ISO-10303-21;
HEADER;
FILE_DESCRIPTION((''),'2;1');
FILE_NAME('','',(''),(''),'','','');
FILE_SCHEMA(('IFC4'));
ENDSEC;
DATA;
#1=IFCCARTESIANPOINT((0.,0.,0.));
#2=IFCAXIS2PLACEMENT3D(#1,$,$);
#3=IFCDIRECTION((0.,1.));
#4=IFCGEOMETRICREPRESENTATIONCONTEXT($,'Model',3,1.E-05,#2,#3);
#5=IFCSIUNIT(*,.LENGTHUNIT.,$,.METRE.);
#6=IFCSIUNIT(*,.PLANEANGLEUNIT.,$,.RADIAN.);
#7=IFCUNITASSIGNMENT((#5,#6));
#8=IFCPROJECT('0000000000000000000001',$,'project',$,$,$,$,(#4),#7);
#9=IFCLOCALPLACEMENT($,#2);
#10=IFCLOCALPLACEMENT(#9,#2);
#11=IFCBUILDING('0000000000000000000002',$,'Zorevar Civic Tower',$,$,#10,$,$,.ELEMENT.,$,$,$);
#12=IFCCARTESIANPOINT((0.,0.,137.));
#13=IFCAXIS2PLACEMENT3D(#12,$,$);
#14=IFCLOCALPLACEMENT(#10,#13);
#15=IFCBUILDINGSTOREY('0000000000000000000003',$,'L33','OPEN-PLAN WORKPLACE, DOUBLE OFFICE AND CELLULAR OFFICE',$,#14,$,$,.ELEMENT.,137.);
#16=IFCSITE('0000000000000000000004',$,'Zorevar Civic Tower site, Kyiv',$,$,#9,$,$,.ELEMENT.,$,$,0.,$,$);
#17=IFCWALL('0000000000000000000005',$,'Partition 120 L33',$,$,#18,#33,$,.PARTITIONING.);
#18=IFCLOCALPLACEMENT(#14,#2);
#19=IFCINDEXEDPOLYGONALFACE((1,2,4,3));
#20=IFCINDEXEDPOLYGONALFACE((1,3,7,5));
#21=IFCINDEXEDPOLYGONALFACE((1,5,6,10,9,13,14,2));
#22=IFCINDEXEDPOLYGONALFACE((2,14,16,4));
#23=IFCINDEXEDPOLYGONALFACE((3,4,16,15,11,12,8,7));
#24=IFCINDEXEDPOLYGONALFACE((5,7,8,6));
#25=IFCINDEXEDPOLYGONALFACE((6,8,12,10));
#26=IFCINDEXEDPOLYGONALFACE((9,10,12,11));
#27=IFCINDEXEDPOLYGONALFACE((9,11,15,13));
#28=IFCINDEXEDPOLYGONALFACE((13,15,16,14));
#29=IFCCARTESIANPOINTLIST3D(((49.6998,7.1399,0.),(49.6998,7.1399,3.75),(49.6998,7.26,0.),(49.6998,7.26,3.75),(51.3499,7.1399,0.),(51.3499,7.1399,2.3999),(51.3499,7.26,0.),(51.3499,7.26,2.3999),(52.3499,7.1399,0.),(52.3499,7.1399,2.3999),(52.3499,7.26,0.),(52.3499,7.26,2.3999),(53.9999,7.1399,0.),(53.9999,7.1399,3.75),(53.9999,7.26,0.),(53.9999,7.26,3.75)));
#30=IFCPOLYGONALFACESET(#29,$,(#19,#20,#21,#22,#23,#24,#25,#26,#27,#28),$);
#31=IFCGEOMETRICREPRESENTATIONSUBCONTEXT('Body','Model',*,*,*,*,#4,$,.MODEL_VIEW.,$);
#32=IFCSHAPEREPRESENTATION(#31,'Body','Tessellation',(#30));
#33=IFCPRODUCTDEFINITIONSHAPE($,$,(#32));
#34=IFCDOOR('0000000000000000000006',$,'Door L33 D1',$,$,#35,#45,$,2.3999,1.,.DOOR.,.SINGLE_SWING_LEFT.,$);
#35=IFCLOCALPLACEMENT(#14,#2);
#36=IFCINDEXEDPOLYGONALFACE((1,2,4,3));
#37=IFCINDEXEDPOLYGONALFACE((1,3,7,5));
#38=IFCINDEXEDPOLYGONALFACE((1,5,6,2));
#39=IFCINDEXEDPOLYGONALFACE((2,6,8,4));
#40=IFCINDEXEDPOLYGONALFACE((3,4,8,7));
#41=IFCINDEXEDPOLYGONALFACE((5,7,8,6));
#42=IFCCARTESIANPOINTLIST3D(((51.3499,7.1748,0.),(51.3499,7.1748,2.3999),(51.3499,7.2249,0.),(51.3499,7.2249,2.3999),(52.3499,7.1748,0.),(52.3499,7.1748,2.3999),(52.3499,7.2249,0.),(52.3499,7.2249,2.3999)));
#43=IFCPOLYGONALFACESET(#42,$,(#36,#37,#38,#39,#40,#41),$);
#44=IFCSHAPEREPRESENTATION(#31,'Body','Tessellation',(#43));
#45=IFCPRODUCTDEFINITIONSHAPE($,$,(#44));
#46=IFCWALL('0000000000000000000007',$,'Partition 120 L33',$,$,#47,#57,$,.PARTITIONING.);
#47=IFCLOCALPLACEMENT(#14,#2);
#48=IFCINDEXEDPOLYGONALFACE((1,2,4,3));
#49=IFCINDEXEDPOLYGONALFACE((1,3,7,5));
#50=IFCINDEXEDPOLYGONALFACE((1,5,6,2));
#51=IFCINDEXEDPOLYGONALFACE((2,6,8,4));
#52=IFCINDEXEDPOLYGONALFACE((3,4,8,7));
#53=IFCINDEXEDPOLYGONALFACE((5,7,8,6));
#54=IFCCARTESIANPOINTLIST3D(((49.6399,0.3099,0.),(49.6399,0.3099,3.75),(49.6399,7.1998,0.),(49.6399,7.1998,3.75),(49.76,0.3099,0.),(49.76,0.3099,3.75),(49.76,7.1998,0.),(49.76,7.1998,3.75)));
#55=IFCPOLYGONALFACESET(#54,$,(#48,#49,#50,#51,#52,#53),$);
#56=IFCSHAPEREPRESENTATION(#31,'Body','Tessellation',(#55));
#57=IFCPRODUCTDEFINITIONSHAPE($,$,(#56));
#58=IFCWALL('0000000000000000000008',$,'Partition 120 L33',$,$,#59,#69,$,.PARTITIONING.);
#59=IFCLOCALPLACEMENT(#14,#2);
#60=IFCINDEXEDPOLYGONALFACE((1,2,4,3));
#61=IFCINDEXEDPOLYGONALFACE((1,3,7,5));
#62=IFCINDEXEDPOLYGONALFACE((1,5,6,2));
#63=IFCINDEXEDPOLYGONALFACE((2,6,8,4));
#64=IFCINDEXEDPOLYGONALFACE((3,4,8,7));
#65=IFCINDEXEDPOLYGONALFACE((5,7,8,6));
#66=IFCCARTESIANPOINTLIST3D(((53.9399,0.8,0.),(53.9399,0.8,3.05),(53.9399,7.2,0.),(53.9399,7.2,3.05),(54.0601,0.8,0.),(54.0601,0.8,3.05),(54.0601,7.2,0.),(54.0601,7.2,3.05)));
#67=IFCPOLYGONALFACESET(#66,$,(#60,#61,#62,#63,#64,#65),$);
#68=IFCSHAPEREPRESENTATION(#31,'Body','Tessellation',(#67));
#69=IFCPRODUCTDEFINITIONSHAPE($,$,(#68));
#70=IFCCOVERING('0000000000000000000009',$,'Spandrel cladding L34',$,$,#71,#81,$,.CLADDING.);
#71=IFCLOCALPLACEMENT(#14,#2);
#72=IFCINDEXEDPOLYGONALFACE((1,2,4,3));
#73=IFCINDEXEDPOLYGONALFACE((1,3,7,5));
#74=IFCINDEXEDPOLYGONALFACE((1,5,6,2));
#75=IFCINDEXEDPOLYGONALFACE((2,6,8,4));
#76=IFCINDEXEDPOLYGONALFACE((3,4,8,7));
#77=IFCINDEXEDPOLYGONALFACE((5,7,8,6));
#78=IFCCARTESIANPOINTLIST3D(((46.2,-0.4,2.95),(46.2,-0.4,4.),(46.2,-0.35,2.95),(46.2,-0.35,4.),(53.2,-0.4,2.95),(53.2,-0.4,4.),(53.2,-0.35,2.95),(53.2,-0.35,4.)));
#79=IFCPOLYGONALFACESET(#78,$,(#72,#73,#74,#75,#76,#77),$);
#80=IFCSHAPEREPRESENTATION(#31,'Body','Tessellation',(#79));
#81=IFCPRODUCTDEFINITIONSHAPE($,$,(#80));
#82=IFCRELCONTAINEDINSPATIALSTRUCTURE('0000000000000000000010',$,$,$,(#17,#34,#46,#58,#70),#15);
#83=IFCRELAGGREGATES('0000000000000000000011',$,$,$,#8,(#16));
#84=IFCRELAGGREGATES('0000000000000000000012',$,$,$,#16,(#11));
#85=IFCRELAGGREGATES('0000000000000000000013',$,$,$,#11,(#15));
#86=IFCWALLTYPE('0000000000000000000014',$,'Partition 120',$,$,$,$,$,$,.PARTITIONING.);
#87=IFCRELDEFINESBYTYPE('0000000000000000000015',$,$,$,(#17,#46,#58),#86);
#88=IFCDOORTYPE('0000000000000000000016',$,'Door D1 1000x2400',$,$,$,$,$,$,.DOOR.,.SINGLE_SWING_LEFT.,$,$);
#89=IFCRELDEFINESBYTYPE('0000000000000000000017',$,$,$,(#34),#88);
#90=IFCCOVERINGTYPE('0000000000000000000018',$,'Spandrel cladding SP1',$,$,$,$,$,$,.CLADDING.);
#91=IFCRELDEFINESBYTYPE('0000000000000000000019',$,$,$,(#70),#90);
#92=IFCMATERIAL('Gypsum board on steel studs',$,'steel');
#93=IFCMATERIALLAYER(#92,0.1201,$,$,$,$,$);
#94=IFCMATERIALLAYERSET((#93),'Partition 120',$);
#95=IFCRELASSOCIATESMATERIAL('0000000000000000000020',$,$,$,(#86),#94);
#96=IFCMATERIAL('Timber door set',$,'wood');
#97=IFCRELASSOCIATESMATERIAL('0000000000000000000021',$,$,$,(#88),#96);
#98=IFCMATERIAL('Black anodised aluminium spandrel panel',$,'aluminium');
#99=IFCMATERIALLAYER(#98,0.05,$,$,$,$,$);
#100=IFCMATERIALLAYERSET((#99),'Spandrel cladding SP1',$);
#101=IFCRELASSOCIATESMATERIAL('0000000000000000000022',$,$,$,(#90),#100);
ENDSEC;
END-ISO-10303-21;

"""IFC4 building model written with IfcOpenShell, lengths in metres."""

from ifc_helpers import new_model, si_unit, direction, frame, frame_2d, origin, place, context, subcontext, project, spatial, rectangle, extrude, material, layer, layer_set, type_object, element, fill, save


model = new_model("IFC4")

# Units and contexts
model_context = context("Model", 3, precision=1e-05, world=origin(), true_north=direction((0.0, 1.0)))
body_context = subcontext(model_context, "Body", "Model", "MODEL_VIEW")
ifc_project = project(units=[si_unit("LENGTHUNIT", "METRE"), si_unit("PLANEANGLEUNIT", "RADIAN")], contexts=[model_context])

# Site, building, storey
site_placement = place(None, origin())
site = spatial("IfcSite", under=ifc_project, at=site_placement, Name="Zorevar Civic Tower site, Kyiv", CompositionType="ELEMENT", RefElevation=0.0)
building_placement = place(site_placement, origin())
building = spatial("IfcBuilding", under=site, at=building_placement, Name="Zorevar Civic Tower", CompositionType="ELEMENT")
storey_placement = place(building_placement, frame((0.0, 0.0, 137.0)))
storey = spatial("IfcBuildingStorey", under=building, at=storey_placement, Name="L33", Description="OPEN-PLAN WORKPLACE, DOUBLE OFFICE AND CELLULAR OFFICE", CompositionType="ELEMENT", Elevation=137.0)

# Wall, opening, door
ifc_material_1 = material(Name="Gypsum board on steel studs", Category="steel")
ifc_layer_1 = layer(ifc_material_1, 0.1201)
ifc_layer_set_1 = layer_set([ifc_layer_1], Name="Partition 120")
wall_type = type_object("IfcWallType", Name="Partition 120", PredefinedType="PARTITIONING", material=ifc_layer_set_1)
wall_1_placement = place(storey_placement, frame((49.7, 7.2, 0.0), z_axis=(0.0, 0.0, 1.0), x_axis=(1.0, 0.0, 0.0)))
wall_1 = element("IfcWall", 1, at=wall_1_placement, inside=storey, type_object=wall_type, Name="Partition 120 L33", PredefinedType="PARTITIONING", context=body_context, shape_type="SweptSolid", body=[
    extrude(rectangle(XDim=4.3, YDim=0.1201, at=frame_2d((2.1499, 0.0))), origin(), (0.0, 0.0, 1.0), 3.75),
])
opening_placement = place(wall_1_placement, frame((1.6499, 0.0, 0.0)))
opening = element("IfcOpeningElement", 2, at=opening_placement, cuts=wall_1, PredefinedType="OPENING", context=body_context, shape_type="SweptSolid", body=[
    extrude(rectangle(XDim=1.0, YDim=2.3999, at=frame_2d((0.5, 1.2))), frame((0.0, 0.0701, 0.0), z_axis=(0.0, -1.0, 0.0), x_axis=(1.0, 0.0, 0.0)), (0.0, 0.0, 1.0), 0.1401),
])
ifc_material_2 = material(Name="Timber door set", Category="wood")
door_type = type_object("IfcDoorType", Name="Door D1 1000x2400", OperationType="SINGLE_SWING_LEFT", PredefinedType="DOOR", material=ifc_material_2)
door_placement = place(opening_placement, origin())
door = element("IfcDoor", 3, at=door_placement, inside=storey, type_object=door_type, Name="Door L33 D1", OperationType="SINGLE_SWING_LEFT", OverallHeight=2.3999, OverallWidth=1.0, PredefinedType="DOOR", context=body_context, shape_type="SweptSolid", body=[
    extrude(rectangle(XDim=1.0, YDim=2.3999, at=frame_2d((0.5, 1.2))), frame((0.0, 0.0249, 0.0), z_axis=(0.0, -1.0, 0.0), x_axis=(1.0, 0.0, 0.0)), (0.0, 0.0, 1.0), 0.05),
])
fill(opening, door)

# Walls
wall_2_placement = place(storey_placement, frame((49.7, 0.3101, 0.0), z_axis=(0.0, 0.0, 1.0), x_axis=(0.0, 1.0, 0.0)))
element("IfcWall", 4, at=wall_2_placement, inside=storey, type_object=wall_type, Name="Partition 120 L33", PredefinedType="PARTITIONING", context=body_context, shape_type="SweptSolid", body=[
    extrude(rectangle(XDim=6.8899, YDim=0.1201, at=frame_2d((3.4448, 0.0))), origin(), (0.0, 0.0, 1.0), 3.75),
])
wall_3_placement = place(storey_placement, frame((54.0, 0.8, 0.0), z_axis=(0.0, 0.0, 1.0), x_axis=(0.0, 1.0, 0.0)))
element("IfcWall", 5, at=wall_3_placement, inside=storey, type_object=wall_type, Name="Partition 120 L33", PredefinedType="PARTITIONING", context=body_context, shape_type="SweptSolid", body=[
    extrude(rectangle(XDim=6.3999, YDim=0.1201, at=frame_2d((3.2, 0.0))), origin(), (0.0, 0.0, 1.0), 3.05),
])

# Covering
ifc_material_3 = material(Name="Black anodised aluminium spandrel panel", Category="aluminium")
ifc_layer_2 = layer(ifc_material_3, 0.05)
ifc_layer_set_2 = layer_set([ifc_layer_2], Name="Spandrel cladding SP1")
covering_type = type_object("IfcCoveringType", Name="Spandrel cladding SP1", PredefinedType="CLADDING", material=ifc_layer_set_2)
covering_placement = place(storey_placement, frame((46.2, -0.375, 2.95), z_axis=(0.0, 0.0, 1.0), x_axis=(1.0, 0.0, 0.0)))
element("IfcCovering", 6, at=covering_placement, inside=storey, type_object=covering_type, Name="Spandrel cladding L34", PredefinedType="CLADDING", context=body_context, shape_type="SweptSolid", body=[
    extrude(rectangle(XDim=7.0, YDim=0.05, at=frame_2d((3.5, 0.0))), origin(), (0.0, 0.0, 1.0), 1.05),
])

save(model, "model.ifc")
